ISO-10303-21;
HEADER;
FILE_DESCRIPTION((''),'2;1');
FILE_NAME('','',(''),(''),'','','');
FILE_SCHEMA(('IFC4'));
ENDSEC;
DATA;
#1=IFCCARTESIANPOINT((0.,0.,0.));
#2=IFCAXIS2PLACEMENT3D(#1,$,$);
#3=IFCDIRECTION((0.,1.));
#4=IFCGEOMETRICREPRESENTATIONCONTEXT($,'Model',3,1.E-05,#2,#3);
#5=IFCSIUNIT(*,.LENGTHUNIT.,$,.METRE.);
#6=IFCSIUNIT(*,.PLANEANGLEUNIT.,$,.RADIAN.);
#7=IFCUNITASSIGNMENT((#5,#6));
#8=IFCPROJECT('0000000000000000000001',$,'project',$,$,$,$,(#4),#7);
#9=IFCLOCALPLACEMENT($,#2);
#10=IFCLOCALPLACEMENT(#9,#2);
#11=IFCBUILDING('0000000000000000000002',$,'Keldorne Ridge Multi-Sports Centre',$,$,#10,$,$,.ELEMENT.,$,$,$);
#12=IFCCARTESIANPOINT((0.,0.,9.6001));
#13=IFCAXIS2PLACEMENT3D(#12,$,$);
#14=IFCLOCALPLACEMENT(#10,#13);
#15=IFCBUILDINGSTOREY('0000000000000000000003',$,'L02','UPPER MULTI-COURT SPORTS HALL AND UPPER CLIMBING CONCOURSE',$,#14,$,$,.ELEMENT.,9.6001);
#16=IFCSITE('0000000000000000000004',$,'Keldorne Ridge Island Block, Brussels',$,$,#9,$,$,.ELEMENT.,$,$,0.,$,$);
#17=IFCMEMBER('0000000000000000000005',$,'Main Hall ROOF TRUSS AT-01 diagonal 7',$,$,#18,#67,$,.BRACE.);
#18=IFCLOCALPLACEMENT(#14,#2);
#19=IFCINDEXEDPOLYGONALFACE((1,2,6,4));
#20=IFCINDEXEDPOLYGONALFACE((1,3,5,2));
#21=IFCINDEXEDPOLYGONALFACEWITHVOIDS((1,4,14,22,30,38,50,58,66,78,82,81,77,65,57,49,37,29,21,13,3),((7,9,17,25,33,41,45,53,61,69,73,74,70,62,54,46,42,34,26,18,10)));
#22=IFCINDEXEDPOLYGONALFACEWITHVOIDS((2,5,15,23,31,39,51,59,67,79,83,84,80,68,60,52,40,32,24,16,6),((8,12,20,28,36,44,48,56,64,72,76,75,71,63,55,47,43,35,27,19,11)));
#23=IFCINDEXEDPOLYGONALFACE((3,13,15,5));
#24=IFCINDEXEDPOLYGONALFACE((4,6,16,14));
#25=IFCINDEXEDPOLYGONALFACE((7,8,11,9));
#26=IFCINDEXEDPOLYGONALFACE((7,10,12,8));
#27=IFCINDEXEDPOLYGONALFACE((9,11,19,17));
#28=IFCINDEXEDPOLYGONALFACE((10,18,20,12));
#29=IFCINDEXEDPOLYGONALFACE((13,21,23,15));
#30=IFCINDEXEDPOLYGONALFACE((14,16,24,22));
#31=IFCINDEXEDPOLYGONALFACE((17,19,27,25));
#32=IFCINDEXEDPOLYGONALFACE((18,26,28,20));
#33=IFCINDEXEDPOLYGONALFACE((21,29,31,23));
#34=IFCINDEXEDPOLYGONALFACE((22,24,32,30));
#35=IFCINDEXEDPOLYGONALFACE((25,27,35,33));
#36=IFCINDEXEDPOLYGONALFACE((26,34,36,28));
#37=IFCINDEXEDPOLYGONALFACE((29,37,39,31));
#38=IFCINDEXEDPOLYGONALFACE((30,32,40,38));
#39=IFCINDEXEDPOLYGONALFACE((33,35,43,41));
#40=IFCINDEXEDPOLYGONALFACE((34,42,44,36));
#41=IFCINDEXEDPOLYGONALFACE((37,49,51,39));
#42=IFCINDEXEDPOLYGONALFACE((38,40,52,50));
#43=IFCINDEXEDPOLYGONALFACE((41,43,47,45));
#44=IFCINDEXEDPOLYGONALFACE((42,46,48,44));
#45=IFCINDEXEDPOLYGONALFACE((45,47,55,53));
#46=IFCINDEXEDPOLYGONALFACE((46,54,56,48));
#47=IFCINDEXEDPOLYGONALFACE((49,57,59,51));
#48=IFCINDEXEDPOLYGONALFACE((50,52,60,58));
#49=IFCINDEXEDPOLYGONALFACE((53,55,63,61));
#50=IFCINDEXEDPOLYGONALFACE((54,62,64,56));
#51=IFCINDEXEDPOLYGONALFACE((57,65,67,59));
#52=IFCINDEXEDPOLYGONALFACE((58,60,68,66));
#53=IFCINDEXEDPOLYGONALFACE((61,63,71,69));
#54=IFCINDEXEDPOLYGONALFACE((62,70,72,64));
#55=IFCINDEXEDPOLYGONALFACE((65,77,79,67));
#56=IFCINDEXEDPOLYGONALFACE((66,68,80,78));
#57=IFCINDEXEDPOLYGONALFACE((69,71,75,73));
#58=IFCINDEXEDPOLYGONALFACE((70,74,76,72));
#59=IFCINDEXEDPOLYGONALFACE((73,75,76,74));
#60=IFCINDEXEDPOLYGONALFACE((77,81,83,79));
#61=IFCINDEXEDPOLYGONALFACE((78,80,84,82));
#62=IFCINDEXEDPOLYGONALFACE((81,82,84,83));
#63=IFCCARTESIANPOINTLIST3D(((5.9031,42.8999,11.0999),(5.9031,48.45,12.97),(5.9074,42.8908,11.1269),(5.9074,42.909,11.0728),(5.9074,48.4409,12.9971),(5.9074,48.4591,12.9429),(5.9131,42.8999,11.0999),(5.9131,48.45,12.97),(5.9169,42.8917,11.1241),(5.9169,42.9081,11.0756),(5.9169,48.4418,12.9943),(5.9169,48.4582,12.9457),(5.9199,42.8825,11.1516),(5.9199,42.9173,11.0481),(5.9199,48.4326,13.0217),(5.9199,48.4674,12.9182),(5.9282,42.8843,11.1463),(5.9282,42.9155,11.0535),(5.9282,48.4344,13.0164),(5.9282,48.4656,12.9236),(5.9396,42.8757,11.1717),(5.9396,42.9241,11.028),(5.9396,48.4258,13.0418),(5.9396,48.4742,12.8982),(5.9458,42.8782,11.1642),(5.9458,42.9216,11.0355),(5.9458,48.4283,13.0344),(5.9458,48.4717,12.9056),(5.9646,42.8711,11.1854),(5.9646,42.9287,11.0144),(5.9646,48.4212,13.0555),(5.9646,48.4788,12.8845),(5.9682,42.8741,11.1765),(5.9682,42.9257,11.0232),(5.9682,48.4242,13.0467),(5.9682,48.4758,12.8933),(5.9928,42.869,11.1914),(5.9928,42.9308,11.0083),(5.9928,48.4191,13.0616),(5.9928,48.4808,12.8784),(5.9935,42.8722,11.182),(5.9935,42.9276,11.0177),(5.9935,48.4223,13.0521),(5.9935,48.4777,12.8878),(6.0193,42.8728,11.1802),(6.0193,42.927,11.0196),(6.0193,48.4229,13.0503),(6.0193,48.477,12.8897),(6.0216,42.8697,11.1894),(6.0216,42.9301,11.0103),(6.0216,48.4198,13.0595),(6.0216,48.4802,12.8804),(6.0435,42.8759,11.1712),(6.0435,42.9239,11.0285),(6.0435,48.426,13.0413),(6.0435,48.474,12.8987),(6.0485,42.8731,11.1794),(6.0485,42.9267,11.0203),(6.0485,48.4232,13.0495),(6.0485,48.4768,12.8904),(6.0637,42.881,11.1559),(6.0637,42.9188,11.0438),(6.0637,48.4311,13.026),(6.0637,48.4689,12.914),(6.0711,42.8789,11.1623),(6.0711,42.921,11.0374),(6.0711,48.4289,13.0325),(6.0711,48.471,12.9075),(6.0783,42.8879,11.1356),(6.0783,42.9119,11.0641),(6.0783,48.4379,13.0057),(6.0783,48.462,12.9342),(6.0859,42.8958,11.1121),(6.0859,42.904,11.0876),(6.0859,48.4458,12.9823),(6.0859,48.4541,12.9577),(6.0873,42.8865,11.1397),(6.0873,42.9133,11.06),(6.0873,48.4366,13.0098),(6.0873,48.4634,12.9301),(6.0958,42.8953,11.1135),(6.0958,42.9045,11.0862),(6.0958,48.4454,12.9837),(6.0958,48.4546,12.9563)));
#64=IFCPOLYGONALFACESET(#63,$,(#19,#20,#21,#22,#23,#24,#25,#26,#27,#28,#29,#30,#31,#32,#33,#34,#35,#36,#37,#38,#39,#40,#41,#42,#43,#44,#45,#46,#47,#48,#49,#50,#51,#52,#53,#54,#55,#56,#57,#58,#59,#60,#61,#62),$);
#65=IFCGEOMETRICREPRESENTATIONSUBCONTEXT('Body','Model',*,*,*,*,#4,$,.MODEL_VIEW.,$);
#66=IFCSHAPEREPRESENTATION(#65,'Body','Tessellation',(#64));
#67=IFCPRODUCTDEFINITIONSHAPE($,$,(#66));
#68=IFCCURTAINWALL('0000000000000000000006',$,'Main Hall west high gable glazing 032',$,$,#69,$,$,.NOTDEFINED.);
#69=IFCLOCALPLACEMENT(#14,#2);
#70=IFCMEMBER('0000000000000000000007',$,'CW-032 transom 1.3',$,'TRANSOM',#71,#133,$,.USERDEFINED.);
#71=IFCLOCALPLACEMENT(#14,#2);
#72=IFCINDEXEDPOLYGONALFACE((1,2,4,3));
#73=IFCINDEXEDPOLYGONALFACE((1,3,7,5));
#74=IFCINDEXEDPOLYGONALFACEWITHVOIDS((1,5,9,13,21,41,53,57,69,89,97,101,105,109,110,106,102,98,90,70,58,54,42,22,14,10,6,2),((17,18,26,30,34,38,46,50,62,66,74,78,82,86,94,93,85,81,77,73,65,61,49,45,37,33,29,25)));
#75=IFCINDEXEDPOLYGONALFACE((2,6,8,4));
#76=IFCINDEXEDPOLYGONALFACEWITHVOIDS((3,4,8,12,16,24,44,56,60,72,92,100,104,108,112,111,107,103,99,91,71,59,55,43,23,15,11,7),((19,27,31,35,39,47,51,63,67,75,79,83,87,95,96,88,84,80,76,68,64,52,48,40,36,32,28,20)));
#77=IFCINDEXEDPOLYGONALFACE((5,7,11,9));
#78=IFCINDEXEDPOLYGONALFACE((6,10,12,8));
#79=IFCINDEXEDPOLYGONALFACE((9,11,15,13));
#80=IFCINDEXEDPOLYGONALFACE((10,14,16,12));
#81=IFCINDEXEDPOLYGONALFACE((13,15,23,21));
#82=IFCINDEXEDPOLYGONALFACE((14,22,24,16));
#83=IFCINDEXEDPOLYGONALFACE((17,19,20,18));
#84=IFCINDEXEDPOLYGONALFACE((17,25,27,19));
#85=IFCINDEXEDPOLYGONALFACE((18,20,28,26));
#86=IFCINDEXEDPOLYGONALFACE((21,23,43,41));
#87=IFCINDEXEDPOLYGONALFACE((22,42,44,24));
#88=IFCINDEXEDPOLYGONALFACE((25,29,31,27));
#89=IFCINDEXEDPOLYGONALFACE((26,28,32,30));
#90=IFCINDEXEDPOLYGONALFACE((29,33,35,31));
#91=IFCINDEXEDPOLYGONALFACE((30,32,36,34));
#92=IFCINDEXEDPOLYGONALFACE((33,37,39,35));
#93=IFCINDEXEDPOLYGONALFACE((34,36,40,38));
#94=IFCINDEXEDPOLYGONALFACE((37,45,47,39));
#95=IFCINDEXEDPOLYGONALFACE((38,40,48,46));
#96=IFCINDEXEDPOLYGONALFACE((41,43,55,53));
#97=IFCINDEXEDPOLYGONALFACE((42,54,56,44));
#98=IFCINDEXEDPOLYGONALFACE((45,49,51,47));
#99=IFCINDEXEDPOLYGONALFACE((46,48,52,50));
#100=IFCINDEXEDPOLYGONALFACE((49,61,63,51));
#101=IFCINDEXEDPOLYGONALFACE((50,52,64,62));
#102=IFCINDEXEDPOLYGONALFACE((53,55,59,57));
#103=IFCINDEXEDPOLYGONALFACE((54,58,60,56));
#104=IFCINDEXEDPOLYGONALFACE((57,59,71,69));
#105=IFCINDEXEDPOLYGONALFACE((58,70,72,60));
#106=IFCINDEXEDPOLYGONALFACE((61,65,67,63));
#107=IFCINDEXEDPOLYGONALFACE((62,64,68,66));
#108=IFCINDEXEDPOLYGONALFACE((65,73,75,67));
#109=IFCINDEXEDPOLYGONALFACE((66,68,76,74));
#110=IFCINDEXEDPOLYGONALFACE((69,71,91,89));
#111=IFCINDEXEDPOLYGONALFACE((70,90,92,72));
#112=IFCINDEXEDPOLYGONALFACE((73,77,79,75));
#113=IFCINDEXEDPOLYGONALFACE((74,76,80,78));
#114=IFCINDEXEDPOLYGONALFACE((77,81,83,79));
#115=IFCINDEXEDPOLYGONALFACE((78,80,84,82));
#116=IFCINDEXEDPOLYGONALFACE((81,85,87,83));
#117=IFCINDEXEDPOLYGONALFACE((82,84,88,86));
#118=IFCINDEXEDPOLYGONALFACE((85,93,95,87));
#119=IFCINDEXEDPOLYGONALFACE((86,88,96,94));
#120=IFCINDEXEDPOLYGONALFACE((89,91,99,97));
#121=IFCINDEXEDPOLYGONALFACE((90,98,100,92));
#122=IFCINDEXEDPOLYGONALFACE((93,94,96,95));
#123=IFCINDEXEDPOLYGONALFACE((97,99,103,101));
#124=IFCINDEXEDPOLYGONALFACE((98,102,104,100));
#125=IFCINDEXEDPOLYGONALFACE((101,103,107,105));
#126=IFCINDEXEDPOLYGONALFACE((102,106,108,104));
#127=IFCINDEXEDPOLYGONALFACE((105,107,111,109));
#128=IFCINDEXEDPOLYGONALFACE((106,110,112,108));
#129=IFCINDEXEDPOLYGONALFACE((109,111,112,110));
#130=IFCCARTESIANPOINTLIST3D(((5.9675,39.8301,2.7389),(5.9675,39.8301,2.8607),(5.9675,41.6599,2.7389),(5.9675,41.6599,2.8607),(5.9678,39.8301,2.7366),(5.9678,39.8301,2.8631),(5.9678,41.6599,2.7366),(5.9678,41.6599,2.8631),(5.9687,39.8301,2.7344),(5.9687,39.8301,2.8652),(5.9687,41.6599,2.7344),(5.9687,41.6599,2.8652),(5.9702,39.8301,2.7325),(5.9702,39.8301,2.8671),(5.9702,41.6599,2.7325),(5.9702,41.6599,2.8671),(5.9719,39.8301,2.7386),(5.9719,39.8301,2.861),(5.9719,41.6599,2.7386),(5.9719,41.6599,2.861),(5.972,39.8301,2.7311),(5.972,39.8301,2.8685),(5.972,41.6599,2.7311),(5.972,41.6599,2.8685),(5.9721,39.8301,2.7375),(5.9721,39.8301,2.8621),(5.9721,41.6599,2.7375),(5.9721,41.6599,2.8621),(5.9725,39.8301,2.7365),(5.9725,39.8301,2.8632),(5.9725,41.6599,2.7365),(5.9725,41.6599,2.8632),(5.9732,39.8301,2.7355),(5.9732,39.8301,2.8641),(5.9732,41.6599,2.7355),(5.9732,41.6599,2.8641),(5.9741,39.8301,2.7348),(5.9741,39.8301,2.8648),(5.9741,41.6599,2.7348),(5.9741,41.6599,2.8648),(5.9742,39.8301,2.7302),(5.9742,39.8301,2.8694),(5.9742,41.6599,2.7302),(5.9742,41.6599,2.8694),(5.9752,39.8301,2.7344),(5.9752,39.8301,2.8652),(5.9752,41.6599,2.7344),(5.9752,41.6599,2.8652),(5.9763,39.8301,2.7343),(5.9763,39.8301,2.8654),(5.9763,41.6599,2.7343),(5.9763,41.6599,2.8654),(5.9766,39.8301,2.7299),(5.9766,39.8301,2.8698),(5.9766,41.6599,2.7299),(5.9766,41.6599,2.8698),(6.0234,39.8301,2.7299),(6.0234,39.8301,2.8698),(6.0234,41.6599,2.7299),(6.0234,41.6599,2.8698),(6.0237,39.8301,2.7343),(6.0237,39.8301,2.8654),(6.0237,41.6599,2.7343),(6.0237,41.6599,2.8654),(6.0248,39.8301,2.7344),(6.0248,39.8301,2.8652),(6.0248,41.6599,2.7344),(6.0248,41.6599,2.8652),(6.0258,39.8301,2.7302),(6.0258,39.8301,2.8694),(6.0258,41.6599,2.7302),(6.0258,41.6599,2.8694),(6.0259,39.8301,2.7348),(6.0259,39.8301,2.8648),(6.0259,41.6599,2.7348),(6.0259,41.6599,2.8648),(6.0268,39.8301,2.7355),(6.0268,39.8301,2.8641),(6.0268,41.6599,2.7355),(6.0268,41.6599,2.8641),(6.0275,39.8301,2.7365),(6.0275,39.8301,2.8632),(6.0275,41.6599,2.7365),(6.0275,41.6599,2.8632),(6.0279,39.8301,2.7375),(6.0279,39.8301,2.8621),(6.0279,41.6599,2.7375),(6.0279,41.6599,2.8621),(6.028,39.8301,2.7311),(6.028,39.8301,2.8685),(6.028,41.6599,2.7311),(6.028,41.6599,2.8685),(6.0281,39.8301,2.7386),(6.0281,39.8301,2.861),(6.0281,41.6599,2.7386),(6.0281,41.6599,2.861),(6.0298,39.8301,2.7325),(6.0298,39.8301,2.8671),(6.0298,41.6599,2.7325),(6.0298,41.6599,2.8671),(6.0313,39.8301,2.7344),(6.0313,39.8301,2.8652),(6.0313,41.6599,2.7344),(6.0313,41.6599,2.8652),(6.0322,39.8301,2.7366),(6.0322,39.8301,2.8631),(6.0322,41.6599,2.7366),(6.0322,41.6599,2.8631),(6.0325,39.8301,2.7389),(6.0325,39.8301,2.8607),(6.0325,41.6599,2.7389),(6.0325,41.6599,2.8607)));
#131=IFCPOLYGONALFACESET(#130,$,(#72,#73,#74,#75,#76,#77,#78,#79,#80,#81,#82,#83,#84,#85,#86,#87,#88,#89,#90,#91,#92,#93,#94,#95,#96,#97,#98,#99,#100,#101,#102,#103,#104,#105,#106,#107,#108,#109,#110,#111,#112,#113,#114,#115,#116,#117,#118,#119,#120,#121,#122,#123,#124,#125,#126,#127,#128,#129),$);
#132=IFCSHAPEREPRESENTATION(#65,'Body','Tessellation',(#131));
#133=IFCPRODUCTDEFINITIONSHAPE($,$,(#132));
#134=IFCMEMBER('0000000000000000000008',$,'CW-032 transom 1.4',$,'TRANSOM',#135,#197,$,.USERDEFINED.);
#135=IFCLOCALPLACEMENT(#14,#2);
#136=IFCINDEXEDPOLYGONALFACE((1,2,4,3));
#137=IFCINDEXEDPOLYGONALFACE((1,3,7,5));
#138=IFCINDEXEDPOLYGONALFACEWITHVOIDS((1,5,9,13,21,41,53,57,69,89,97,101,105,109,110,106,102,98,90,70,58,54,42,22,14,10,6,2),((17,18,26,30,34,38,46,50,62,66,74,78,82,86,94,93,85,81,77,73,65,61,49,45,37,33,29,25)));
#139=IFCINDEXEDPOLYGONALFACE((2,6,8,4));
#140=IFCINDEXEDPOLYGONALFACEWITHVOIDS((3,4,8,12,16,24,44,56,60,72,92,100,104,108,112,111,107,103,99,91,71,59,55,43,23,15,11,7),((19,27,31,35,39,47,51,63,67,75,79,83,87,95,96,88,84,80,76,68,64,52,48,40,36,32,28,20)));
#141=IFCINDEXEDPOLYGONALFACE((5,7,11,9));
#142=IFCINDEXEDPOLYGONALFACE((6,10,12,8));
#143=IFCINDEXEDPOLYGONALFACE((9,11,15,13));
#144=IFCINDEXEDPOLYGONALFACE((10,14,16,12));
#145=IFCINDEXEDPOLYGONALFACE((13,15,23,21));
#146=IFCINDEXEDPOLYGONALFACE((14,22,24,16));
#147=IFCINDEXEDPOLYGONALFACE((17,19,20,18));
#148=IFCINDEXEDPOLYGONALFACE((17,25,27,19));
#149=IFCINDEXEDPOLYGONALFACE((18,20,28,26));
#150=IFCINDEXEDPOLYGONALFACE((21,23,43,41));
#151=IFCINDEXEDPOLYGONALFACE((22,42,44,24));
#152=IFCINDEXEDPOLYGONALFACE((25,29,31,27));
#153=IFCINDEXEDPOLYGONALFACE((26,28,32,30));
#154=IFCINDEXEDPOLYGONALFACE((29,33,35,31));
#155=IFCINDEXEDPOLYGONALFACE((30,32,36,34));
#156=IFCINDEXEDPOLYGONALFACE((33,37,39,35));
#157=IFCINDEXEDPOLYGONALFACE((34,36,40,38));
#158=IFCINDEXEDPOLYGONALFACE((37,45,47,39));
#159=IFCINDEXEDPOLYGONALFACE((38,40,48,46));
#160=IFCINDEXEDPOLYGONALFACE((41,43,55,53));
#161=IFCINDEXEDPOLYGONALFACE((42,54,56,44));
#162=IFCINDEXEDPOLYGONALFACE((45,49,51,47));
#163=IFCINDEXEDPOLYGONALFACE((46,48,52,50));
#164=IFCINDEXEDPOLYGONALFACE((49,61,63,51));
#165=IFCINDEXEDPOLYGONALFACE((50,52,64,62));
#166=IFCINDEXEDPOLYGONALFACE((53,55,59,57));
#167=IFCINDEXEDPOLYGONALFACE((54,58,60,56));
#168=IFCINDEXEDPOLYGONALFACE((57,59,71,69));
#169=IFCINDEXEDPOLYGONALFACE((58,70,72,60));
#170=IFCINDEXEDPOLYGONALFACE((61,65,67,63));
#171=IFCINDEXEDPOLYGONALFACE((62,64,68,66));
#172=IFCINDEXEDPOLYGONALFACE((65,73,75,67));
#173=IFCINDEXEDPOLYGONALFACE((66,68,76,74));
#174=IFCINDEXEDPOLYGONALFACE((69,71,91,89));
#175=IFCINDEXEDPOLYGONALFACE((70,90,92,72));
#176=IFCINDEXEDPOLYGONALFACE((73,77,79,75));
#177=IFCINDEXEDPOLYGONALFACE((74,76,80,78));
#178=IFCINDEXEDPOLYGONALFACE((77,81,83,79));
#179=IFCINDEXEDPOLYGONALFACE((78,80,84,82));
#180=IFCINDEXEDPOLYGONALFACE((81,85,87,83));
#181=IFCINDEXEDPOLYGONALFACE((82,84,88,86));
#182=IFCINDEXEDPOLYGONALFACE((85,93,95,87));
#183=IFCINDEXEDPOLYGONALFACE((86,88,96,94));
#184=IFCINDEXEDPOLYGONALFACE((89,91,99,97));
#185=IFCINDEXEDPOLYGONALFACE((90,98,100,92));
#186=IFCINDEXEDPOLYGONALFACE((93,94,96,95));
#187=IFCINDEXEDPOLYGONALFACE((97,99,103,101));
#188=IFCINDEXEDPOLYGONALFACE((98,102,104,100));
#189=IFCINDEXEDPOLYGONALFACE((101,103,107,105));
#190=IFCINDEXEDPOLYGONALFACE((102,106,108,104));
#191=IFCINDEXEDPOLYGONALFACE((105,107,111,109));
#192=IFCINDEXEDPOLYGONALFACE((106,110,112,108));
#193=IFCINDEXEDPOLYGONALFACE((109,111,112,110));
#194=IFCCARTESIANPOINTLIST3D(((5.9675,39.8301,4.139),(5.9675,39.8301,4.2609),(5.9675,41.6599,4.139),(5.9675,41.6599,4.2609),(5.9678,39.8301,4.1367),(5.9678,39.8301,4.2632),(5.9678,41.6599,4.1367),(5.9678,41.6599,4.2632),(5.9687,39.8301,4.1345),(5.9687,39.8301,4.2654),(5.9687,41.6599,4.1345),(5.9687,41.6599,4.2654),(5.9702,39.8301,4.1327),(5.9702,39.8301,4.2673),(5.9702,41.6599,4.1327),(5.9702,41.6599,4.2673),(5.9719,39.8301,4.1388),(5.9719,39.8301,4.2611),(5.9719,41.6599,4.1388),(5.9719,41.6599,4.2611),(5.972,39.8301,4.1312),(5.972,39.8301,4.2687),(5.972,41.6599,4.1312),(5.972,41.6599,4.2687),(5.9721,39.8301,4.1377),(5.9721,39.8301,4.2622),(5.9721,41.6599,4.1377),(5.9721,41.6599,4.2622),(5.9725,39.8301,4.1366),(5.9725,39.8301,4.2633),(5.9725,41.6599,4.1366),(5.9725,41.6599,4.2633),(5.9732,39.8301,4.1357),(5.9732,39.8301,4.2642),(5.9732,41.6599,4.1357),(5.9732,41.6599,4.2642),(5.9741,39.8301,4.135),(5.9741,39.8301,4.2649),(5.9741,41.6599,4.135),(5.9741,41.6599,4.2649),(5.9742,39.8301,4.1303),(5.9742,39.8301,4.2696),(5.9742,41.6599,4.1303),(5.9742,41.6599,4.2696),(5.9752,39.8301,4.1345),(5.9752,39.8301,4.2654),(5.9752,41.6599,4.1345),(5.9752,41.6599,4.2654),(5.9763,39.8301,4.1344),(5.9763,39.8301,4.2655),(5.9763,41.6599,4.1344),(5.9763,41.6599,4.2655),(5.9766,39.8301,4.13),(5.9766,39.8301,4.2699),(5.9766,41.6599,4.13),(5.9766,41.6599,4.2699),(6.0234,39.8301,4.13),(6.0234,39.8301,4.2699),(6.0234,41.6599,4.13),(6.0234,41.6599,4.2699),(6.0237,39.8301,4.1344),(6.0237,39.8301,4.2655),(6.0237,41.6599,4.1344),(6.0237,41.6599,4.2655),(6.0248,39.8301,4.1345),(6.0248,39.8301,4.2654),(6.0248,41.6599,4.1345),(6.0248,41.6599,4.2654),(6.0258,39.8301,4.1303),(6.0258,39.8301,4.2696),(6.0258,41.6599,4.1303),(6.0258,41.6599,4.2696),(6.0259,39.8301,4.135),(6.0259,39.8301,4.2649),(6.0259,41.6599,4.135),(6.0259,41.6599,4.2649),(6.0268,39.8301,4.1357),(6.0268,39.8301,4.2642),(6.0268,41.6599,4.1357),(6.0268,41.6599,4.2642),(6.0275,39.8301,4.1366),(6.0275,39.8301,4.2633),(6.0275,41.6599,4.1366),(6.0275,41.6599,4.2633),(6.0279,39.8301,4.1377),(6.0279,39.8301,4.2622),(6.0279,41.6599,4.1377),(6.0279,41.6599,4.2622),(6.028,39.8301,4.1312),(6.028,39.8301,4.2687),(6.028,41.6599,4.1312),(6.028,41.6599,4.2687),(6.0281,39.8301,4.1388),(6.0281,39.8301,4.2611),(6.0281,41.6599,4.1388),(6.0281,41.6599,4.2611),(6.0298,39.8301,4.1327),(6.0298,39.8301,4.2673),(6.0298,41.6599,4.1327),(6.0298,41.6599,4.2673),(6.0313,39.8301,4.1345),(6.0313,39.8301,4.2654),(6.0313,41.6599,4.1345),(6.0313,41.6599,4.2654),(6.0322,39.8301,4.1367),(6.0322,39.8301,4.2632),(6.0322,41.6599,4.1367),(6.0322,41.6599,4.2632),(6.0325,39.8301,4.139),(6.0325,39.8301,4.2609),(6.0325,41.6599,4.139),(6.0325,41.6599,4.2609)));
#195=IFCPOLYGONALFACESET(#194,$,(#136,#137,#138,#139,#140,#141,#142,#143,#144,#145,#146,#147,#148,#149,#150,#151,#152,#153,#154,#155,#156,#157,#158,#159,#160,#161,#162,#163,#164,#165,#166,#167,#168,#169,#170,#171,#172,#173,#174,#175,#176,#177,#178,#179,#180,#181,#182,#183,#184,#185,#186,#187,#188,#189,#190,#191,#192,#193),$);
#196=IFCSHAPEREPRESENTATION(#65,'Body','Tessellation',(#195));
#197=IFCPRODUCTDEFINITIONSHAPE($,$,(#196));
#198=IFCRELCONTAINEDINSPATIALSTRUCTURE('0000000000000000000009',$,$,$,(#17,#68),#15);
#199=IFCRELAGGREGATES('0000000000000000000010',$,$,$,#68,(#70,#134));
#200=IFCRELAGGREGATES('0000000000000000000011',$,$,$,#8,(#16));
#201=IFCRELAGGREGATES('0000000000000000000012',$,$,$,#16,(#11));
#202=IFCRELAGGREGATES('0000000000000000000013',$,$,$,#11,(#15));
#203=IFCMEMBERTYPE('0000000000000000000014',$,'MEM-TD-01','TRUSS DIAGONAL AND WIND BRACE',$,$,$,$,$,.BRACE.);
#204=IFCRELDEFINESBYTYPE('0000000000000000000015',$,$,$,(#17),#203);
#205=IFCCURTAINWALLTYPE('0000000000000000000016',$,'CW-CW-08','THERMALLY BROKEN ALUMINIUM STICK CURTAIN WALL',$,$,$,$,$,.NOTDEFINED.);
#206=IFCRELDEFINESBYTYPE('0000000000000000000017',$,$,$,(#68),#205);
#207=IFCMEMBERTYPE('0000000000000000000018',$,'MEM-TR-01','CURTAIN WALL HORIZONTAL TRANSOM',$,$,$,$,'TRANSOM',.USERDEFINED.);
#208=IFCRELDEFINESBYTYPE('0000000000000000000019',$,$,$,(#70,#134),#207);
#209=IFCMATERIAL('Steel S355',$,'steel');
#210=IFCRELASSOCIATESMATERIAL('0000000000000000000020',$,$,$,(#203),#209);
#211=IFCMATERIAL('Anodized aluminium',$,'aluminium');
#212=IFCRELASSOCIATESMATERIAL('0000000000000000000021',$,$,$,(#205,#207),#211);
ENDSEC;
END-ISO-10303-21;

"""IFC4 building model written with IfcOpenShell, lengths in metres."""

from ifc_helpers import new_model, si_unit, direction, frame, origin, origin_2d, place, context, subcontext, project, spatial, hollow_rectangle, hollow_circle, extrude, material, material_profile, profile_set, type_object, element, aggregate, save


model = new_model("IFC4")

# Units and contexts
model_context = context("Model", 3, precision=1e-05, world=origin(), true_north=direction((0.0, 1.0)))
body_context = subcontext(model_context, "Body", "Model", "MODEL_VIEW")
ifc_project = project(units=[si_unit("LENGTHUNIT", "METRE"), si_unit("PLANEANGLEUNIT", "RADIAN")], contexts=[model_context])

# Site, building, storey
site_placement = place(None, origin())
site = spatial("IfcSite", under=ifc_project, at=site_placement, Name="Keldorne Ridge Island Block, Brussels", CompositionType="ELEMENT", RefElevation=0.0)
building_placement = place(site_placement, origin())
building = spatial("IfcBuilding", under=site, at=building_placement, Name="Keldorne Ridge Multi-Sports Centre", CompositionType="ELEMENT")
storey_placement = place(building_placement, frame((0.0, 0.0, 9.6001)))
storey = spatial("IfcBuildingStorey", under=building, at=storey_placement, Name="L02", Description="UPPER MULTI-COURT SPORTS HALL AND UPPER CLIMBING CONCOURSE", CompositionType="ELEMENT", Elevation=9.6001)

# Member
ifc_material_1 = material(Name="Steel S355", Category="steel")
ifc_material_profile_1 = material_profile(ifc_material_1, hollow_circle(Radius=0.0969, WallThickness=0.01, at=origin_2d()), Name="CHS 193.7x10")
ifc_profile_set_1 = profile_set([ifc_material_profile_1], Name="Steel S355")
member_type_1 = type_object("IfcMemberType", Name="MEM-TD-01", Description="TRUSS DIAGONAL AND WIND BRACE", PredefinedType="BRACE", material=ifc_profile_set_1)
member_1_placement = place(storey_placement, frame((6.0, 42.8999, 11.0999), z_axis=(0.0, 0.947649, 0.319315), x_axis=(-1.0, 0.0, 0.0)))
element("IfcMember", 1, at=member_1_placement, inside=storey, type_object=member_type_1, Name="Main Hall ROOF TRUSS AT-01 diagonal 7", PredefinedType="BRACE", context=body_context, shape_type="SweptSolid", body=[
    extrude(hollow_circle(Radius=0.0969, WallThickness=0.01, at=origin_2d()), origin(), (0.0, 0.0, 1.0), 5.8567),
])

# Curtain wall, members
ifc_material_2 = material(Name="Anodized aluminium", Category="aluminium")
curtain_wall_type_1 = type_object("IfcCurtainWallType", Name="CW-CW-08", Description="THERMALLY BROKEN ALUMINIUM STICK CURTAIN WALL", PredefinedType="NOTDEFINED", material=ifc_material_2)
curtain_wall_1_placement = place(storey_placement, origin())
curtain_wall_1 = element("IfcCurtainWall", 2, at=curtain_wall_1_placement, inside=storey, type_object=curtain_wall_type_1, Name="Main Hall west high gable glazing 032", PredefinedType="NOTDEFINED")
ifc_material_profile_2 = material_profile(ifc_material_2, hollow_rectangle(XDim=0.0649, YDim=0.1399, WallThickness=0.0044, InnerFilletRadius=0.0044, OuterFilletRadius=0.009, at=origin_2d()), Name="ALU TRANSOM 140x65x4.5")
ifc_profile_set_2 = profile_set([ifc_material_profile_2], Name="Anodized aluminium")
member_type_2 = type_object("IfcMemberType", Name="MEM-TR-01", Description="CURTAIN WALL HORIZONTAL TRANSOM", ElementType="TRANSOM", PredefinedType="USERDEFINED", material=ifc_profile_set_2)
member_2_placement = place(storey_placement, frame((6.0, 41.6599, 2.7998), z_axis=(0.0, -1.0, 0.0), x_axis=(1.0, 0.0, 0.0)))
member_2 = element("IfcMember", 3, at=member_2_placement, type_object=member_type_2, Name="CW-032 transom 1.3", ObjectType="TRANSOM", PredefinedType="USERDEFINED", context=body_context, shape_type="SweptSolid", body=[
    extrude(hollow_rectangle(XDim=0.0649, YDim=0.1399, WallThickness=0.0044, InnerFilletRadius=0.0044, OuterFilletRadius=0.009, at=origin_2d()), origin(), (0.0, 0.0, 1.0), 1.8298),
])
member_3_placement = place(storey_placement, frame((6.0, 41.6599, 4.2), z_axis=(0.0, -1.0, 0.0), x_axis=(1.0, 0.0, 0.0)))
member_3 = element("IfcMember", 4, at=member_3_placement, type_object=member_type_2, Name="CW-032 transom 1.4", ObjectType="TRANSOM", PredefinedType="USERDEFINED", context=body_context, shape_type="SweptSolid", body=[
    extrude(hollow_rectangle(XDim=0.0649, YDim=0.1399, WallThickness=0.0044, InnerFilletRadius=0.0044, OuterFilletRadius=0.009, at=origin_2d()), origin(), (0.0, 0.0, 1.0), 1.8298),
])

aggregate(curtain_wall_1, [member_2, member_3])

save(model, "model.ifc")
